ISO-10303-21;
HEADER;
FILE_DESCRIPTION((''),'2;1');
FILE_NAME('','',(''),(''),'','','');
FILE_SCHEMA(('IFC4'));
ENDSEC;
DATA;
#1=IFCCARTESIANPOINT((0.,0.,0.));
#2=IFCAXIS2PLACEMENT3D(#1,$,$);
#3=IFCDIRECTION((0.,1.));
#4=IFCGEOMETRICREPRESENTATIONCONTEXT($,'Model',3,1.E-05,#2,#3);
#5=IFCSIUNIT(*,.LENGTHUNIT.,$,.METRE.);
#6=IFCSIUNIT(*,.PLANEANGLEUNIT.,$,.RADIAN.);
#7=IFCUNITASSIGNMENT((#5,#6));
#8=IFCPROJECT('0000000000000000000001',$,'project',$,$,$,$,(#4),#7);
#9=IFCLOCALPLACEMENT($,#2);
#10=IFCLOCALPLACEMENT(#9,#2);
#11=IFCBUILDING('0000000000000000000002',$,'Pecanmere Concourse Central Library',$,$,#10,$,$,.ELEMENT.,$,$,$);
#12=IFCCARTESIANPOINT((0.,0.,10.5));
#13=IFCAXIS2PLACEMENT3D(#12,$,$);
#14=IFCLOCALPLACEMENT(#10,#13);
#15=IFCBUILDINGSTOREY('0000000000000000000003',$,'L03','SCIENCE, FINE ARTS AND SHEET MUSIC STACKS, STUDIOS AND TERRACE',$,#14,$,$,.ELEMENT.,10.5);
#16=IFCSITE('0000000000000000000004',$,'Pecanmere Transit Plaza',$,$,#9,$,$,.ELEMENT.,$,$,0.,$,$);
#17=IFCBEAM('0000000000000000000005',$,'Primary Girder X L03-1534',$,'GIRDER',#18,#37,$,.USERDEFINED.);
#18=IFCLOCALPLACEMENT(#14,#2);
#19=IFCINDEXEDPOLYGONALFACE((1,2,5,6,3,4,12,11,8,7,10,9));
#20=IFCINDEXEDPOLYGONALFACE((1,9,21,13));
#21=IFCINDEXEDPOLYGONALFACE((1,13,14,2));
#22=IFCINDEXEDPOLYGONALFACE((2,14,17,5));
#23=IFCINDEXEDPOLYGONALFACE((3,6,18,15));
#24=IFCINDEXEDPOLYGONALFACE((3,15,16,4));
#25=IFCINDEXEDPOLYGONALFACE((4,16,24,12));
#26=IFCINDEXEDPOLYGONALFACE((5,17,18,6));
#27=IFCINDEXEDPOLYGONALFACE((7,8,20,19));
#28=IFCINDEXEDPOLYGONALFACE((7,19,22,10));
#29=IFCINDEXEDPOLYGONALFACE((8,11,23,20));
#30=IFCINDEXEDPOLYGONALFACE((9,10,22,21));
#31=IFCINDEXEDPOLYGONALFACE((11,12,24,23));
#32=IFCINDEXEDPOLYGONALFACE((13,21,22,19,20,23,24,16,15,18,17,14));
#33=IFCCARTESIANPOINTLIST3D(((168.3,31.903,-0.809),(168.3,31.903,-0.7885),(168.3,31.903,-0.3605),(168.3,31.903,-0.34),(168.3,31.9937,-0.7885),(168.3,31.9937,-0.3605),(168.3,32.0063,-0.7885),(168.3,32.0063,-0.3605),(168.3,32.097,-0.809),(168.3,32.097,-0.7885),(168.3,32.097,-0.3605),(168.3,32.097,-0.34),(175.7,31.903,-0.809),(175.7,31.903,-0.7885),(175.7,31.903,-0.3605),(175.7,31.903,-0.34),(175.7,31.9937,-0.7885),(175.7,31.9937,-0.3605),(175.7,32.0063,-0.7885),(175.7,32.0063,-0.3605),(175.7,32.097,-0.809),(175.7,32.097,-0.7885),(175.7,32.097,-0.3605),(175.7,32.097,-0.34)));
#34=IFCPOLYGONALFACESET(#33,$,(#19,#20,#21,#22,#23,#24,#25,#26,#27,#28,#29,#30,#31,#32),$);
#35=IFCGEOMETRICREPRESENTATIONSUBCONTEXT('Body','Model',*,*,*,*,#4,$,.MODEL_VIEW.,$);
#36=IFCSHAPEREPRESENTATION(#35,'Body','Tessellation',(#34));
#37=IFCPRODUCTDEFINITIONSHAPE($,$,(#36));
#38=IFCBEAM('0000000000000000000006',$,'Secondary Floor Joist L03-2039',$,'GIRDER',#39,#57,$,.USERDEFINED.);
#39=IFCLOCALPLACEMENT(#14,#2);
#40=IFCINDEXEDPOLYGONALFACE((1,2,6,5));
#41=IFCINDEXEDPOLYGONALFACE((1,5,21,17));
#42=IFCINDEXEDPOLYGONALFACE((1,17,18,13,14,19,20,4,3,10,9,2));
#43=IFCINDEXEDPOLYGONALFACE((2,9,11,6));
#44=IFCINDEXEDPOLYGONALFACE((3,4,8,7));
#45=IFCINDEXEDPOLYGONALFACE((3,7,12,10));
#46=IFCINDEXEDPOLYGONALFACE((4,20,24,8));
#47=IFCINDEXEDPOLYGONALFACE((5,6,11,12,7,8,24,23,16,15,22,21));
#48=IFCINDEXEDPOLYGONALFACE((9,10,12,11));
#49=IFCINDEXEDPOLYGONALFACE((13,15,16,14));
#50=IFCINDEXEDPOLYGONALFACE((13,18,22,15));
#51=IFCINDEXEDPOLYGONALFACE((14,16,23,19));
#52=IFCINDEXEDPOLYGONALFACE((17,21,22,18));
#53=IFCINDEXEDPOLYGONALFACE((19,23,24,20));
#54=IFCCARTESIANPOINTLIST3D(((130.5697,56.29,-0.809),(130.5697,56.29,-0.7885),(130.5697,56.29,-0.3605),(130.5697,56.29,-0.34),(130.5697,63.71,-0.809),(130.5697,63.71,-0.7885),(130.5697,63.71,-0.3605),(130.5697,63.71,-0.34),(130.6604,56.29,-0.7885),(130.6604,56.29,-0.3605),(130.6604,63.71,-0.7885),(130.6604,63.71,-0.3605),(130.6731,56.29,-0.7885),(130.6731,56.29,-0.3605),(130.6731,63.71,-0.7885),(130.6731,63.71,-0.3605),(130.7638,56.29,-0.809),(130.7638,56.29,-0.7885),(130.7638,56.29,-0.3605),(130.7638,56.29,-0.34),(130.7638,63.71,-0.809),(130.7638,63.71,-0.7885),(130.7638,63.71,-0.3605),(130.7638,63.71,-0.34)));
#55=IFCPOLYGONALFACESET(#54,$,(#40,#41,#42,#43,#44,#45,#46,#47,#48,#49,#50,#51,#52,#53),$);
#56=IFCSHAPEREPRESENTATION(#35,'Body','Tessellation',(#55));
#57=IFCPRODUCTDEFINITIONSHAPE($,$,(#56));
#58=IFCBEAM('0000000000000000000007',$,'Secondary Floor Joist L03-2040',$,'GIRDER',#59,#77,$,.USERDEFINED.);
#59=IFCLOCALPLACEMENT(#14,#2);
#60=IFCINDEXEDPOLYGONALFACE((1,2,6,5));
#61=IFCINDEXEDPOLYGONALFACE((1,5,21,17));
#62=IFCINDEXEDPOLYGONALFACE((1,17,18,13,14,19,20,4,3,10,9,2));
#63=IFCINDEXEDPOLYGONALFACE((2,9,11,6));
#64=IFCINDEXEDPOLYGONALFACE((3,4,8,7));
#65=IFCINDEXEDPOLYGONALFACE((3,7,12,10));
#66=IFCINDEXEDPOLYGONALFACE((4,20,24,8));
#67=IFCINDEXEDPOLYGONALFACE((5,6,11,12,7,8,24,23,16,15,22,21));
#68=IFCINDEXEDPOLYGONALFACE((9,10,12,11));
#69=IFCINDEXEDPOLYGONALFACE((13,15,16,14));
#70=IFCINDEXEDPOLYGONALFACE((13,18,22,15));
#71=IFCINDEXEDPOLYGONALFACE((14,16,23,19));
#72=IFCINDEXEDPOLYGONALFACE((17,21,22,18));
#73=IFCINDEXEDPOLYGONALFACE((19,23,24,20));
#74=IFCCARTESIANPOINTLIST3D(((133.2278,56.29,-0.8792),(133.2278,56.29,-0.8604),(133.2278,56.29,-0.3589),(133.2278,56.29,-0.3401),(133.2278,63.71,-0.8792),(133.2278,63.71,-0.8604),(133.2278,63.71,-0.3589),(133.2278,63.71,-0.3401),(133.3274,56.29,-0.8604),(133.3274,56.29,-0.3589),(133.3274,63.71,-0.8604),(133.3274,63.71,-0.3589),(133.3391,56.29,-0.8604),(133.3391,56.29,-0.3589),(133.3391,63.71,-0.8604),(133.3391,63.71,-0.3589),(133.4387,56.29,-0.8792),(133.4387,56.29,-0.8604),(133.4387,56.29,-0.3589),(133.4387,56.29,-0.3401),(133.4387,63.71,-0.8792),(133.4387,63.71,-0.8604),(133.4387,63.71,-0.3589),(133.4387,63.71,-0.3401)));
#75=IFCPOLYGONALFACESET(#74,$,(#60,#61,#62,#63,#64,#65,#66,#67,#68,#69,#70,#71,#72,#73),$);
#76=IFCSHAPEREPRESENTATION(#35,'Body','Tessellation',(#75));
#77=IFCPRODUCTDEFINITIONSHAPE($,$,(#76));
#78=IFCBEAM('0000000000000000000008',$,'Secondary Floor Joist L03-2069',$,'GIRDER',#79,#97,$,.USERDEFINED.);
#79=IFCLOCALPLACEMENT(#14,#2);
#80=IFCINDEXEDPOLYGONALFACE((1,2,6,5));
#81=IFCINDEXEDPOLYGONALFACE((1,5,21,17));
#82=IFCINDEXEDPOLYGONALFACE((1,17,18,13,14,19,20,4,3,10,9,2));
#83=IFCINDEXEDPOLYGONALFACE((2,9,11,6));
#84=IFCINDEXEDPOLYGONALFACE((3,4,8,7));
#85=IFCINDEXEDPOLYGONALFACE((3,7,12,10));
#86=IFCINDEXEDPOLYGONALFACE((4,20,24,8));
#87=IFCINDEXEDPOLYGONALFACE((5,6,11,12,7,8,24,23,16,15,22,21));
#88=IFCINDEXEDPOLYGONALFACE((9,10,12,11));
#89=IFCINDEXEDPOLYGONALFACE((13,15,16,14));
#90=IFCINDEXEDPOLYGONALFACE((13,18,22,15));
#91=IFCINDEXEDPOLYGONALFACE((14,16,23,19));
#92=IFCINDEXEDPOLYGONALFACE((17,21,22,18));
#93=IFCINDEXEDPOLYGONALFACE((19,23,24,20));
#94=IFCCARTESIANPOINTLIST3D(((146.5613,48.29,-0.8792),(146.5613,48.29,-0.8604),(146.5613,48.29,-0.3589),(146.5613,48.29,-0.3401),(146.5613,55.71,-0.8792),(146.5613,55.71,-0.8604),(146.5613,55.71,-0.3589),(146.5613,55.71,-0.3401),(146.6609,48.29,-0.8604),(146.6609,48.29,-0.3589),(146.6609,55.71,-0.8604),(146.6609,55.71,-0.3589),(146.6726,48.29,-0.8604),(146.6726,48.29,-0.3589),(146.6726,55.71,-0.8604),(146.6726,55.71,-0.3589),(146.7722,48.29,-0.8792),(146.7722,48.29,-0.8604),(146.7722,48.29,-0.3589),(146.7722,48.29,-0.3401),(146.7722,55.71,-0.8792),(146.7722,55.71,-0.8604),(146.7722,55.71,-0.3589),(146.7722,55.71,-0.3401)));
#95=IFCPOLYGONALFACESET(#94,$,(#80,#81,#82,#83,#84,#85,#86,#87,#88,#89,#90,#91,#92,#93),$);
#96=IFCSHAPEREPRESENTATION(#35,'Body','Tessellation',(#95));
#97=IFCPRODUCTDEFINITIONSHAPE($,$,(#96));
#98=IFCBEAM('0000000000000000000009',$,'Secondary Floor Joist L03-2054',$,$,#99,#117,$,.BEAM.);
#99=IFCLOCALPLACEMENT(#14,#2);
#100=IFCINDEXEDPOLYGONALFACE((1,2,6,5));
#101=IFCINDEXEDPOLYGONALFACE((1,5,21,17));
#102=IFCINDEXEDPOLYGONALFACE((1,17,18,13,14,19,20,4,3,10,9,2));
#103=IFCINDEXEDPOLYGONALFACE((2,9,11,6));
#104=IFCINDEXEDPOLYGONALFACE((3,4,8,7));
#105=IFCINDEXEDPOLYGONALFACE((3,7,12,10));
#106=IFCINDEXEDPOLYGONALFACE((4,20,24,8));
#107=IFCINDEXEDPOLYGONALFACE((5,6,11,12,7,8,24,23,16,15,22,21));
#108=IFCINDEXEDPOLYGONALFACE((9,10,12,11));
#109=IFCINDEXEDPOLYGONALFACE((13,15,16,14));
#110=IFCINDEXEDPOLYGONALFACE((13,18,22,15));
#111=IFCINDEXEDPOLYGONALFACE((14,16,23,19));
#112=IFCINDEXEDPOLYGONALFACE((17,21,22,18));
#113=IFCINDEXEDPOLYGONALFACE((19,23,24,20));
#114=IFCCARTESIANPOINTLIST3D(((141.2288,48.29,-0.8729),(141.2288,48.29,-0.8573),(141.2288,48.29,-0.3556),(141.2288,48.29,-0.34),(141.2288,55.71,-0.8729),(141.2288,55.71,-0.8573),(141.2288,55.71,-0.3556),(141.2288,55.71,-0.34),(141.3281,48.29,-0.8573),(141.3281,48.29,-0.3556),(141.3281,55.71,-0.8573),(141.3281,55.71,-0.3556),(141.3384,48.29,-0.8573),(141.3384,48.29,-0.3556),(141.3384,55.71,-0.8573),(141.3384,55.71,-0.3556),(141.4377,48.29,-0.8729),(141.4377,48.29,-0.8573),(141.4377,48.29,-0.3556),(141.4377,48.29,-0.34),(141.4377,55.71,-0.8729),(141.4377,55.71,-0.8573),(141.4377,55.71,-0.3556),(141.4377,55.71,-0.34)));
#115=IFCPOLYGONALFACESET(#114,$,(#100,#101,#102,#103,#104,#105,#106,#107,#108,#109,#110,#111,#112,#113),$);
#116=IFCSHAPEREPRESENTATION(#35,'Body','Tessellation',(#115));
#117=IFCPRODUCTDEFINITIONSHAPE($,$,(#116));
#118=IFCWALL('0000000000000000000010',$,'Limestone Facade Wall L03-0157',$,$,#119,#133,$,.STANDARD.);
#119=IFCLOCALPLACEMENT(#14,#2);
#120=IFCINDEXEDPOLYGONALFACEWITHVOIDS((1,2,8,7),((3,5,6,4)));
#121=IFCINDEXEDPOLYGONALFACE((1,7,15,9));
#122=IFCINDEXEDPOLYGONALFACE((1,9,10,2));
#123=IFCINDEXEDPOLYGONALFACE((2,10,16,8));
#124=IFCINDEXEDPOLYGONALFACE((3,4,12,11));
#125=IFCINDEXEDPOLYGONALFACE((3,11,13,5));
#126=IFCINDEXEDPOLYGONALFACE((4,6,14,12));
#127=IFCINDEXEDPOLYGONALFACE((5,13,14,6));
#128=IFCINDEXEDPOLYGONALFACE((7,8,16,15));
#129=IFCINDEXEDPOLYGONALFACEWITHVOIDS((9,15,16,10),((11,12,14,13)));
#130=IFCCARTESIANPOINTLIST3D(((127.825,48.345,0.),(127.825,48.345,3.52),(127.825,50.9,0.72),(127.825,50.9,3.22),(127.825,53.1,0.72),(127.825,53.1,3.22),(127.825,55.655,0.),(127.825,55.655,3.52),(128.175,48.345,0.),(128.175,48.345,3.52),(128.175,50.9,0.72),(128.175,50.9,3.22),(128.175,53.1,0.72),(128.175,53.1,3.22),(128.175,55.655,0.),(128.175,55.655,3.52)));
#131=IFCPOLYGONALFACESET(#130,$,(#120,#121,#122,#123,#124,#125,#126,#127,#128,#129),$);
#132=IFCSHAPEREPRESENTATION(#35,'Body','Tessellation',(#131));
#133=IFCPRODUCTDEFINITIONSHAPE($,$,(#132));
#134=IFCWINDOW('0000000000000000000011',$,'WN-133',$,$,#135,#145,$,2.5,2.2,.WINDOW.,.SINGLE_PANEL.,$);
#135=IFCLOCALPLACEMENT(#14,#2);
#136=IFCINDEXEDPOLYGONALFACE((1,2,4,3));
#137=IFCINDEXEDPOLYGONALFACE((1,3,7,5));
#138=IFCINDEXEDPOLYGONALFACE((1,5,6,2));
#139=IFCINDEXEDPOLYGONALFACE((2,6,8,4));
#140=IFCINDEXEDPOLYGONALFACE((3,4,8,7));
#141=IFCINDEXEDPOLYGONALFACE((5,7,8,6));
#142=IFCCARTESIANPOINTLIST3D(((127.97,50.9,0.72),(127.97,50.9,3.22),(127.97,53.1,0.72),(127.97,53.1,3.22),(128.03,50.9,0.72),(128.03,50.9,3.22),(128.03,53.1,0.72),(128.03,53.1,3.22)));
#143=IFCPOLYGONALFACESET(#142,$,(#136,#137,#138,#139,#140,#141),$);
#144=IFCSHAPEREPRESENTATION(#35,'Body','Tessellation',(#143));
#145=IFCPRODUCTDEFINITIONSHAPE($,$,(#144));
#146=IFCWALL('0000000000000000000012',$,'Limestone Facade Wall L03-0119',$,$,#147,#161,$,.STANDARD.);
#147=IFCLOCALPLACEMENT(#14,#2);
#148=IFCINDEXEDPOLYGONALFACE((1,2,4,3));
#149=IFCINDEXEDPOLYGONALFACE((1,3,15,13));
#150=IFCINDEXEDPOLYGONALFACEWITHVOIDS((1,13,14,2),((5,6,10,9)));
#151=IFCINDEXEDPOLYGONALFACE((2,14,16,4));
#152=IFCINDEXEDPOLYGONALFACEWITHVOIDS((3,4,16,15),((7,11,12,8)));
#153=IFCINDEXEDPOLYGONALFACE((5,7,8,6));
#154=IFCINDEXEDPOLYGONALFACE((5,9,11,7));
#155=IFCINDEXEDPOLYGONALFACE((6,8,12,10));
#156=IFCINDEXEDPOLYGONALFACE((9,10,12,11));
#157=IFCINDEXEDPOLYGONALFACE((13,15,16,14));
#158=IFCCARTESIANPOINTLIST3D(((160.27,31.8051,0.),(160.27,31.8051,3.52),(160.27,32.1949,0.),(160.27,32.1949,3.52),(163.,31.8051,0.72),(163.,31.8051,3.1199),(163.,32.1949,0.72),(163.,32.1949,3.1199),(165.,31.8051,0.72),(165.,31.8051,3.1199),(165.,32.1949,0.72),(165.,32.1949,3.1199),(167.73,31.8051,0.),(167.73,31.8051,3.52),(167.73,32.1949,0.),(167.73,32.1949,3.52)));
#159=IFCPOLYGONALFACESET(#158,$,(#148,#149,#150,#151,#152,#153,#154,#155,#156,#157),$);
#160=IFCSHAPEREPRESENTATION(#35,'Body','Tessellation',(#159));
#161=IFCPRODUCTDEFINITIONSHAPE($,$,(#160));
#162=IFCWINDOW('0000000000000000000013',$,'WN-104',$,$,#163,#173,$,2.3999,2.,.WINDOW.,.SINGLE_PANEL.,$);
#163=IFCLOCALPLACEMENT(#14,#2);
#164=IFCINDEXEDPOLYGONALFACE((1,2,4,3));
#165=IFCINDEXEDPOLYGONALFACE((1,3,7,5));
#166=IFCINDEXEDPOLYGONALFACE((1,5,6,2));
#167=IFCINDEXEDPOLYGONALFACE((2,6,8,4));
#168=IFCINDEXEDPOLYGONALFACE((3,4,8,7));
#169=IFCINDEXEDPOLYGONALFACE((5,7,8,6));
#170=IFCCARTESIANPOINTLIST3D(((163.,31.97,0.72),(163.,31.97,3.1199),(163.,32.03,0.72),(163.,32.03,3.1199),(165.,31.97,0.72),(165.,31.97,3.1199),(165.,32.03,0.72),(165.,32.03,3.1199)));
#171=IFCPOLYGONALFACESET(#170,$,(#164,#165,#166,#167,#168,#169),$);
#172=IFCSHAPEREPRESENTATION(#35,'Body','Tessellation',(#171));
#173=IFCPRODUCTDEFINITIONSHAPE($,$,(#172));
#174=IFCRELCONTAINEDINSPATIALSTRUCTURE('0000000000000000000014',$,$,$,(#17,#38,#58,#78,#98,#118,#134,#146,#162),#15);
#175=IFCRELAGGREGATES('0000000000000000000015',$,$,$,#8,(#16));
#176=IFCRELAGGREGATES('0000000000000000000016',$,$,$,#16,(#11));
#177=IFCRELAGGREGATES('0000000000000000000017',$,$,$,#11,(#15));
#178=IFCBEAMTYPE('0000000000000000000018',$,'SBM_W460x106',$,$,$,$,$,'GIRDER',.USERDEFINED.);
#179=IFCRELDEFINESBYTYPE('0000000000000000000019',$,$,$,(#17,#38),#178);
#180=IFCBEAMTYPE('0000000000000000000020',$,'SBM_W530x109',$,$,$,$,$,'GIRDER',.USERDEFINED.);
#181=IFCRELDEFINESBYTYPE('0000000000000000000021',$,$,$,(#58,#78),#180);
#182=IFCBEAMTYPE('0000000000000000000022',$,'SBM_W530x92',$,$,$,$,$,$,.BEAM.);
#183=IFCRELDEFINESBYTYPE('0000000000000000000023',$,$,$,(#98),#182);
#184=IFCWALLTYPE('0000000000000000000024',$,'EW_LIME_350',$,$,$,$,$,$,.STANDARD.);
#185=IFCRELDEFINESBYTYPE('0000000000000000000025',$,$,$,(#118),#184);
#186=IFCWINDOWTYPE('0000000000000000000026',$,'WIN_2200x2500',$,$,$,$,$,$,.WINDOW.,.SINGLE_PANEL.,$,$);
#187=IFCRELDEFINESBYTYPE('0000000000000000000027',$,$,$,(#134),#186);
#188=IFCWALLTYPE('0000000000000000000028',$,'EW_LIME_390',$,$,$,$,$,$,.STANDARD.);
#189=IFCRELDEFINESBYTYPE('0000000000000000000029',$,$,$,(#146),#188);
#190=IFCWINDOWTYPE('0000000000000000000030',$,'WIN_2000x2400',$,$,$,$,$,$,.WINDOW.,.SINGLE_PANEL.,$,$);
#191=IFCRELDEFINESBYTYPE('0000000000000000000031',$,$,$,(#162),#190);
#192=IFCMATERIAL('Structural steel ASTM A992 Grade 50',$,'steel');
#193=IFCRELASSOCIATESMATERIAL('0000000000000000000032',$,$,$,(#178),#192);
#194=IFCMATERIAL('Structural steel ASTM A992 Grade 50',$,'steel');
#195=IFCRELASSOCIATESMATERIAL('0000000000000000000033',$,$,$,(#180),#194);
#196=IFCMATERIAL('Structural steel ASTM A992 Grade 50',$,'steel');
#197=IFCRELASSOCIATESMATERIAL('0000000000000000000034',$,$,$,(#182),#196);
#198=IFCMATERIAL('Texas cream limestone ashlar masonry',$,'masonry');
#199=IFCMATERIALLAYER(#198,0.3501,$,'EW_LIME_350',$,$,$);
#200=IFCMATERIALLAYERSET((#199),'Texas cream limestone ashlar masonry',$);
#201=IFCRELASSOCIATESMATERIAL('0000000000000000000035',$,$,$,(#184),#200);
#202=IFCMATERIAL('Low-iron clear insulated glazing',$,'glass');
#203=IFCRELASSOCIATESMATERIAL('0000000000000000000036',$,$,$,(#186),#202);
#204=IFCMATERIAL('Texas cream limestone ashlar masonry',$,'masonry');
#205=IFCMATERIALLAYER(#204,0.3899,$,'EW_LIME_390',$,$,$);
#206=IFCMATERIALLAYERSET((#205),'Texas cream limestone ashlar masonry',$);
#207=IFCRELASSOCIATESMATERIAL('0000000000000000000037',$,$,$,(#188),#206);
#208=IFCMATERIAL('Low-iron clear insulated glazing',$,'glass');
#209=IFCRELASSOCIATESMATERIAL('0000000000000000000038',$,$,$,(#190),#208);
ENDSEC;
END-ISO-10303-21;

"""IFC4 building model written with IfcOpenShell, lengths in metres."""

from ifc_helpers import new_model, si_unit, direction, frame, frame_2d, origin, origin_2d, place, context, subcontext, project, spatial, rectangle, i_section, extrude, material, layer, layer_set, material_profile, profile_set, type_object, element, fill, save


model = new_model("IFC4")

# Units and contexts
model_context = context("Model", 3, precision=1e-05, world=origin(), true_north=direction((0.0, 1.0)))
body_context = subcontext(model_context, "Body", "Model", "MODEL_VIEW")
ifc_project = project(units=[si_unit("LENGTHUNIT", "METRE"), si_unit("PLANEANGLEUNIT", "RADIAN")], contexts=[model_context])

# Site, building, storey
site_placement = place(None, origin())
site = spatial("IfcSite", under=ifc_project, at=site_placement, Name="Pecanmere Transit Plaza", CompositionType="ELEMENT", RefElevation=0.0)
building_placement = place(site_placement, origin())
building = spatial("IfcBuilding", under=site, at=building_placement, Name="Pecanmere Concourse Central Library", CompositionType="ELEMENT")
storey_placement = place(building_placement, frame((0.0, 0.0, 10.5)))
storey = spatial("IfcBuildingStorey", under=building, at=storey_placement, Name="L03", Description="SCIENCE, FINE ARTS AND SHEET MUSIC STACKS, STUDIOS AND TERRACE", CompositionType="ELEMENT", Elevation=10.5)

# Beams
ifc_material_1 = material(Name="Structural steel ASTM A992 Grade 50", Category="steel")
ifc_material_profile_1 = material_profile(ifc_material_1, i_section(OverallWidth=0.1941, OverallDepth=0.469, WebThickness=0.0127, FlangeThickness=0.0205, at=origin_2d()), Name="W460x106")
ifc_profile_set_1 = profile_set([ifc_material_profile_1], Name="Structural steel ASTM A992 Grade 50")
beam_type_1 = type_object("IfcBeamType", Name="SBM_W460x106", ElementType="GIRDER", PredefinedType="USERDEFINED", material=ifc_profile_set_1)
beam_1_placement = place(storey_placement, frame((168.3, 32.0, -0.5745), z_axis=(1.0, 0.0, 0.0), x_axis=(0.0, 1.0, 0.0)))
element("IfcBeam", 1, at=beam_1_placement, inside=storey, type_object=beam_type_1, Name="Primary Girder X L03-1534", ObjectType="GIRDER", PredefinedType="USERDEFINED", context=body_context, shape_type="SweptSolid", body=[
    extrude(i_section(OverallWidth=0.1941, OverallDepth=0.469, WebThickness=0.0127, FlangeThickness=0.0205, at=origin_2d()), origin(), (0.0, 0.0, 1.0), 7.3999),
])
beam_2_placement = place(storey_placement, frame((130.6667, 56.29, -0.5745), z_axis=(0.0, 1.0, 0.0), x_axis=(-1.0, 0.0, 0.0)))
element("IfcBeam", 2, at=beam_2_placement, inside=storey, type_object=beam_type_1, Name="Secondary Floor Joist L03-2039", ObjectType="GIRDER", PredefinedType="USERDEFINED", context=body_context, shape_type="SweptSolid", body=[
    extrude(i_section(OverallWidth=0.1941, OverallDepth=0.469, WebThickness=0.0127, FlangeThickness=0.0205, at=origin_2d()), origin(), (0.0, 0.0, 1.0), 7.4199),
])
ifc_material_2 = material(Name="Structural steel ASTM A992 Grade 50", Category="steel")
ifc_material_profile_2 = material_profile(ifc_material_2, i_section(OverallWidth=0.2109, OverallDepth=0.5391, WebThickness=0.0117, FlangeThickness=0.0188, at=origin_2d()), Name="W530x109")
ifc_profile_set_2 = profile_set([ifc_material_profile_2], Name="Structural steel ASTM A992 Grade 50")
beam_type_2 = type_object("IfcBeamType", Name="SBM_W530x109", ElementType="GIRDER", PredefinedType="USERDEFINED", material=ifc_profile_set_2)
for number, where, z_axis, x_axis, name in (
    (3, (133.3333, 56.29, -0.6096), (0.0, 1.0, 0.0), (-1.0, 0.0, 0.0), "Secondary Floor Joist L03-2040"),
    (4, (146.6667, 48.29, -0.6096), (0.0, 1.0, 0.0), (-1.0, 0.0, 0.0), "Secondary Floor Joist L03-2069"),
):
    element("IfcBeam", number, at=place(storey_placement, frame(where, z_axis=z_axis, x_axis=x_axis)), inside=storey, type_object=beam_type_2, Name=name, ObjectType="GIRDER", PredefinedType="USERDEFINED", context=body_context, shape_type="SweptSolid", body=[
        extrude(i_section(OverallWidth=0.2109, OverallDepth=0.5391, WebThickness=0.0117, FlangeThickness=0.0188, at=origin_2d()), origin(), (0.0, 0.0, 1.0), 7.4199),
    ])
ifc_material_3 = material(Name="Structural steel ASTM A992 Grade 50", Category="steel")
ifc_material_profile_3 = material_profile(ifc_material_3, i_section(OverallWidth=0.209, OverallDepth=0.533, WebThickness=0.0103, FlangeThickness=0.0156, at=origin_2d()), Name="W530x92")
ifc_profile_set_3 = profile_set([ifc_material_profile_3], Name="Structural steel ASTM A992 Grade 50")
beam_type_3 = type_object("IfcBeamType", Name="SBM_W530x92", PredefinedType="BEAM", material=ifc_profile_set_3)
beam_3_placement = place(storey_placement, frame((141.3333, 48.29, -0.6064), z_axis=(0.0, 1.0, 0.0), x_axis=(-1.0, 0.0, 0.0)))
element("IfcBeam", 5, at=beam_3_placement, inside=storey, type_object=beam_type_3, Name="Secondary Floor Joist L03-2054", PredefinedType="BEAM", context=body_context, shape_type="SweptSolid", body=[
    extrude(i_section(OverallWidth=0.209, OverallDepth=0.533, WebThickness=0.0103, FlangeThickness=0.0156, at=origin_2d()), origin(), (0.0, 0.0, 1.0), 7.4199),
])

# Walls, openings, windows
ifc_material_4 = material(Name="Texas cream limestone ashlar masonry", Category="masonry")
ifc_layer_1 = layer(ifc_material_4, 0.3501, Name="EW_LIME_350")
ifc_layer_set_1 = layer_set([ifc_layer_1], Name="Texas cream limestone ashlar masonry")
wall_type_1 = type_object("IfcWallType", Name="EW_LIME_350", PredefinedType="STANDARD", material=ifc_layer_set_1)
wall_1_placement = place(storey_placement, frame((128.0, 48.345, 0.0), z_axis=(0.0, 0.0, 1.0), x_axis=(0.0, 1.0, 0.0)))
wall_1 = element("IfcWall", 6, at=wall_1_placement, inside=storey, type_object=wall_type_1, Name="Limestone Facade Wall L03-0157", PredefinedType="STANDARD", context=body_context, shape_type="SweptSolid", body=[
    extrude(rectangle(XDim=7.3101, YDim=0.3501, at=frame_2d((3.655, 0.0))), origin(), (0.0, 0.0, 1.0), 3.52),
])
opening_1_placement = place(wall_1_placement, frame((2.5549, 0.0, 0.72)))
opening_1 = element("IfcOpeningElement", 7, at=opening_1_placement, cuts=wall_1, PredefinedType="OPENING", context=body_context, shape_type="SweptSolid", body=[
    extrude(rectangle(XDim=2.2, YDim=2.5, at=frame_2d((1.1001, 1.25))), frame((0.0, 0.187, 0.0), z_axis=(0.0, -1.0, 0.0), x_axis=(1.0, 0.0, 0.0)), (0.0, 0.0, 1.0), 0.374),
])
ifc_material_5 = material(Name="Low-iron clear insulated glazing", Category="glass")
window_type_1 = type_object("IfcWindowType", Name="WIN_2200x2500", PartitioningType="SINGLE_PANEL", PredefinedType="WINDOW", material=ifc_material_5)
window_1_placement = place(opening_1_placement, origin())
window_1 = element("IfcWindow", 8, at=window_1_placement, inside=storey, type_object=window_type_1, Name="WN-133", OverallHeight=2.5, OverallWidth=2.2, PartitioningType="SINGLE_PANEL", PredefinedType="WINDOW", context=body_context, shape_type="SweptSolid", body=[
    extrude(rectangle(XDim=2.2, YDim=2.5, at=frame_2d((1.1001, 1.25))), frame((0.0, 0.03, 0.0), z_axis=(0.0, -1.0, 0.0), x_axis=(1.0, 0.0, 0.0)), (0.0, 0.0, 1.0), 0.0601),
])
fill(opening_1, window_1)
ifc_material_6 = material(Name="Texas cream limestone ashlar masonry", Category="masonry")
ifc_layer_2 = layer(ifc_material_6, 0.3899, Name="EW_LIME_390")
ifc_layer_set_2 = layer_set([ifc_layer_2], Name="Texas cream limestone ashlar masonry")
wall_type_2 = type_object("IfcWallType", Name="EW_LIME_390", PredefinedType="STANDARD", material=ifc_layer_set_2)
wall_2_placement = place(storey_placement, frame((167.73, 32.0, 0.0), z_axis=(0.0, 0.0, 1.0), x_axis=(-1.0, 0.0, 0.0)))
wall_2 = element("IfcWall", 9, at=wall_2_placement, inside=storey, type_object=wall_type_2, Name="Limestone Facade Wall L03-0119", PredefinedType="STANDARD", context=body_context, shape_type="SweptSolid", body=[
    extrude(rectangle(XDim=7.46, YDim=0.3899, at=frame_2d((3.73, 0.0))), origin(), (0.0, 0.0, 1.0), 3.52),
])
opening_2_placement = place(wall_2_placement, frame((2.73, 0.0, 0.72)))
opening_2 = element("IfcOpeningElement", 10, at=opening_2_placement, cuts=wall_2, PredefinedType="OPENING", context=body_context, shape_type="SweptSolid", body=[
    extrude(rectangle(XDim=2.0, YDim=2.3999, at=frame_2d((1.0, 1.2))), frame((0.0, 0.207, 0.0), z_axis=(0.0, -1.0, 0.0), x_axis=(1.0, 0.0, 0.0)), (0.0, 0.0, 1.0), 0.4138),
])
ifc_material_7 = material(Name="Low-iron clear insulated glazing", Category="glass")
window_type_2 = type_object("IfcWindowType", Name="WIN_2000x2400", PartitioningType="SINGLE_PANEL", PredefinedType="WINDOW", material=ifc_material_7)
window_2_placement = place(opening_2_placement, origin())
window_2 = element("IfcWindow", 11, at=window_2_placement, inside=storey, type_object=window_type_2, Name="WN-104", OverallHeight=2.3999, OverallWidth=2.0, PartitioningType="SINGLE_PANEL", PredefinedType="WINDOW", context=body_context, shape_type="SweptSolid", body=[
    extrude(rectangle(XDim=2.0, YDim=2.3999, at=frame_2d((1.0, 1.2))), frame((0.0, 0.03, 0.0), z_axis=(0.0, -1.0, 0.0), x_axis=(1.0, 0.0, 0.0)), (0.0, 0.0, 1.0), 0.0601),
])
fill(opening_2, window_2)

save(model, "model.ifc")
